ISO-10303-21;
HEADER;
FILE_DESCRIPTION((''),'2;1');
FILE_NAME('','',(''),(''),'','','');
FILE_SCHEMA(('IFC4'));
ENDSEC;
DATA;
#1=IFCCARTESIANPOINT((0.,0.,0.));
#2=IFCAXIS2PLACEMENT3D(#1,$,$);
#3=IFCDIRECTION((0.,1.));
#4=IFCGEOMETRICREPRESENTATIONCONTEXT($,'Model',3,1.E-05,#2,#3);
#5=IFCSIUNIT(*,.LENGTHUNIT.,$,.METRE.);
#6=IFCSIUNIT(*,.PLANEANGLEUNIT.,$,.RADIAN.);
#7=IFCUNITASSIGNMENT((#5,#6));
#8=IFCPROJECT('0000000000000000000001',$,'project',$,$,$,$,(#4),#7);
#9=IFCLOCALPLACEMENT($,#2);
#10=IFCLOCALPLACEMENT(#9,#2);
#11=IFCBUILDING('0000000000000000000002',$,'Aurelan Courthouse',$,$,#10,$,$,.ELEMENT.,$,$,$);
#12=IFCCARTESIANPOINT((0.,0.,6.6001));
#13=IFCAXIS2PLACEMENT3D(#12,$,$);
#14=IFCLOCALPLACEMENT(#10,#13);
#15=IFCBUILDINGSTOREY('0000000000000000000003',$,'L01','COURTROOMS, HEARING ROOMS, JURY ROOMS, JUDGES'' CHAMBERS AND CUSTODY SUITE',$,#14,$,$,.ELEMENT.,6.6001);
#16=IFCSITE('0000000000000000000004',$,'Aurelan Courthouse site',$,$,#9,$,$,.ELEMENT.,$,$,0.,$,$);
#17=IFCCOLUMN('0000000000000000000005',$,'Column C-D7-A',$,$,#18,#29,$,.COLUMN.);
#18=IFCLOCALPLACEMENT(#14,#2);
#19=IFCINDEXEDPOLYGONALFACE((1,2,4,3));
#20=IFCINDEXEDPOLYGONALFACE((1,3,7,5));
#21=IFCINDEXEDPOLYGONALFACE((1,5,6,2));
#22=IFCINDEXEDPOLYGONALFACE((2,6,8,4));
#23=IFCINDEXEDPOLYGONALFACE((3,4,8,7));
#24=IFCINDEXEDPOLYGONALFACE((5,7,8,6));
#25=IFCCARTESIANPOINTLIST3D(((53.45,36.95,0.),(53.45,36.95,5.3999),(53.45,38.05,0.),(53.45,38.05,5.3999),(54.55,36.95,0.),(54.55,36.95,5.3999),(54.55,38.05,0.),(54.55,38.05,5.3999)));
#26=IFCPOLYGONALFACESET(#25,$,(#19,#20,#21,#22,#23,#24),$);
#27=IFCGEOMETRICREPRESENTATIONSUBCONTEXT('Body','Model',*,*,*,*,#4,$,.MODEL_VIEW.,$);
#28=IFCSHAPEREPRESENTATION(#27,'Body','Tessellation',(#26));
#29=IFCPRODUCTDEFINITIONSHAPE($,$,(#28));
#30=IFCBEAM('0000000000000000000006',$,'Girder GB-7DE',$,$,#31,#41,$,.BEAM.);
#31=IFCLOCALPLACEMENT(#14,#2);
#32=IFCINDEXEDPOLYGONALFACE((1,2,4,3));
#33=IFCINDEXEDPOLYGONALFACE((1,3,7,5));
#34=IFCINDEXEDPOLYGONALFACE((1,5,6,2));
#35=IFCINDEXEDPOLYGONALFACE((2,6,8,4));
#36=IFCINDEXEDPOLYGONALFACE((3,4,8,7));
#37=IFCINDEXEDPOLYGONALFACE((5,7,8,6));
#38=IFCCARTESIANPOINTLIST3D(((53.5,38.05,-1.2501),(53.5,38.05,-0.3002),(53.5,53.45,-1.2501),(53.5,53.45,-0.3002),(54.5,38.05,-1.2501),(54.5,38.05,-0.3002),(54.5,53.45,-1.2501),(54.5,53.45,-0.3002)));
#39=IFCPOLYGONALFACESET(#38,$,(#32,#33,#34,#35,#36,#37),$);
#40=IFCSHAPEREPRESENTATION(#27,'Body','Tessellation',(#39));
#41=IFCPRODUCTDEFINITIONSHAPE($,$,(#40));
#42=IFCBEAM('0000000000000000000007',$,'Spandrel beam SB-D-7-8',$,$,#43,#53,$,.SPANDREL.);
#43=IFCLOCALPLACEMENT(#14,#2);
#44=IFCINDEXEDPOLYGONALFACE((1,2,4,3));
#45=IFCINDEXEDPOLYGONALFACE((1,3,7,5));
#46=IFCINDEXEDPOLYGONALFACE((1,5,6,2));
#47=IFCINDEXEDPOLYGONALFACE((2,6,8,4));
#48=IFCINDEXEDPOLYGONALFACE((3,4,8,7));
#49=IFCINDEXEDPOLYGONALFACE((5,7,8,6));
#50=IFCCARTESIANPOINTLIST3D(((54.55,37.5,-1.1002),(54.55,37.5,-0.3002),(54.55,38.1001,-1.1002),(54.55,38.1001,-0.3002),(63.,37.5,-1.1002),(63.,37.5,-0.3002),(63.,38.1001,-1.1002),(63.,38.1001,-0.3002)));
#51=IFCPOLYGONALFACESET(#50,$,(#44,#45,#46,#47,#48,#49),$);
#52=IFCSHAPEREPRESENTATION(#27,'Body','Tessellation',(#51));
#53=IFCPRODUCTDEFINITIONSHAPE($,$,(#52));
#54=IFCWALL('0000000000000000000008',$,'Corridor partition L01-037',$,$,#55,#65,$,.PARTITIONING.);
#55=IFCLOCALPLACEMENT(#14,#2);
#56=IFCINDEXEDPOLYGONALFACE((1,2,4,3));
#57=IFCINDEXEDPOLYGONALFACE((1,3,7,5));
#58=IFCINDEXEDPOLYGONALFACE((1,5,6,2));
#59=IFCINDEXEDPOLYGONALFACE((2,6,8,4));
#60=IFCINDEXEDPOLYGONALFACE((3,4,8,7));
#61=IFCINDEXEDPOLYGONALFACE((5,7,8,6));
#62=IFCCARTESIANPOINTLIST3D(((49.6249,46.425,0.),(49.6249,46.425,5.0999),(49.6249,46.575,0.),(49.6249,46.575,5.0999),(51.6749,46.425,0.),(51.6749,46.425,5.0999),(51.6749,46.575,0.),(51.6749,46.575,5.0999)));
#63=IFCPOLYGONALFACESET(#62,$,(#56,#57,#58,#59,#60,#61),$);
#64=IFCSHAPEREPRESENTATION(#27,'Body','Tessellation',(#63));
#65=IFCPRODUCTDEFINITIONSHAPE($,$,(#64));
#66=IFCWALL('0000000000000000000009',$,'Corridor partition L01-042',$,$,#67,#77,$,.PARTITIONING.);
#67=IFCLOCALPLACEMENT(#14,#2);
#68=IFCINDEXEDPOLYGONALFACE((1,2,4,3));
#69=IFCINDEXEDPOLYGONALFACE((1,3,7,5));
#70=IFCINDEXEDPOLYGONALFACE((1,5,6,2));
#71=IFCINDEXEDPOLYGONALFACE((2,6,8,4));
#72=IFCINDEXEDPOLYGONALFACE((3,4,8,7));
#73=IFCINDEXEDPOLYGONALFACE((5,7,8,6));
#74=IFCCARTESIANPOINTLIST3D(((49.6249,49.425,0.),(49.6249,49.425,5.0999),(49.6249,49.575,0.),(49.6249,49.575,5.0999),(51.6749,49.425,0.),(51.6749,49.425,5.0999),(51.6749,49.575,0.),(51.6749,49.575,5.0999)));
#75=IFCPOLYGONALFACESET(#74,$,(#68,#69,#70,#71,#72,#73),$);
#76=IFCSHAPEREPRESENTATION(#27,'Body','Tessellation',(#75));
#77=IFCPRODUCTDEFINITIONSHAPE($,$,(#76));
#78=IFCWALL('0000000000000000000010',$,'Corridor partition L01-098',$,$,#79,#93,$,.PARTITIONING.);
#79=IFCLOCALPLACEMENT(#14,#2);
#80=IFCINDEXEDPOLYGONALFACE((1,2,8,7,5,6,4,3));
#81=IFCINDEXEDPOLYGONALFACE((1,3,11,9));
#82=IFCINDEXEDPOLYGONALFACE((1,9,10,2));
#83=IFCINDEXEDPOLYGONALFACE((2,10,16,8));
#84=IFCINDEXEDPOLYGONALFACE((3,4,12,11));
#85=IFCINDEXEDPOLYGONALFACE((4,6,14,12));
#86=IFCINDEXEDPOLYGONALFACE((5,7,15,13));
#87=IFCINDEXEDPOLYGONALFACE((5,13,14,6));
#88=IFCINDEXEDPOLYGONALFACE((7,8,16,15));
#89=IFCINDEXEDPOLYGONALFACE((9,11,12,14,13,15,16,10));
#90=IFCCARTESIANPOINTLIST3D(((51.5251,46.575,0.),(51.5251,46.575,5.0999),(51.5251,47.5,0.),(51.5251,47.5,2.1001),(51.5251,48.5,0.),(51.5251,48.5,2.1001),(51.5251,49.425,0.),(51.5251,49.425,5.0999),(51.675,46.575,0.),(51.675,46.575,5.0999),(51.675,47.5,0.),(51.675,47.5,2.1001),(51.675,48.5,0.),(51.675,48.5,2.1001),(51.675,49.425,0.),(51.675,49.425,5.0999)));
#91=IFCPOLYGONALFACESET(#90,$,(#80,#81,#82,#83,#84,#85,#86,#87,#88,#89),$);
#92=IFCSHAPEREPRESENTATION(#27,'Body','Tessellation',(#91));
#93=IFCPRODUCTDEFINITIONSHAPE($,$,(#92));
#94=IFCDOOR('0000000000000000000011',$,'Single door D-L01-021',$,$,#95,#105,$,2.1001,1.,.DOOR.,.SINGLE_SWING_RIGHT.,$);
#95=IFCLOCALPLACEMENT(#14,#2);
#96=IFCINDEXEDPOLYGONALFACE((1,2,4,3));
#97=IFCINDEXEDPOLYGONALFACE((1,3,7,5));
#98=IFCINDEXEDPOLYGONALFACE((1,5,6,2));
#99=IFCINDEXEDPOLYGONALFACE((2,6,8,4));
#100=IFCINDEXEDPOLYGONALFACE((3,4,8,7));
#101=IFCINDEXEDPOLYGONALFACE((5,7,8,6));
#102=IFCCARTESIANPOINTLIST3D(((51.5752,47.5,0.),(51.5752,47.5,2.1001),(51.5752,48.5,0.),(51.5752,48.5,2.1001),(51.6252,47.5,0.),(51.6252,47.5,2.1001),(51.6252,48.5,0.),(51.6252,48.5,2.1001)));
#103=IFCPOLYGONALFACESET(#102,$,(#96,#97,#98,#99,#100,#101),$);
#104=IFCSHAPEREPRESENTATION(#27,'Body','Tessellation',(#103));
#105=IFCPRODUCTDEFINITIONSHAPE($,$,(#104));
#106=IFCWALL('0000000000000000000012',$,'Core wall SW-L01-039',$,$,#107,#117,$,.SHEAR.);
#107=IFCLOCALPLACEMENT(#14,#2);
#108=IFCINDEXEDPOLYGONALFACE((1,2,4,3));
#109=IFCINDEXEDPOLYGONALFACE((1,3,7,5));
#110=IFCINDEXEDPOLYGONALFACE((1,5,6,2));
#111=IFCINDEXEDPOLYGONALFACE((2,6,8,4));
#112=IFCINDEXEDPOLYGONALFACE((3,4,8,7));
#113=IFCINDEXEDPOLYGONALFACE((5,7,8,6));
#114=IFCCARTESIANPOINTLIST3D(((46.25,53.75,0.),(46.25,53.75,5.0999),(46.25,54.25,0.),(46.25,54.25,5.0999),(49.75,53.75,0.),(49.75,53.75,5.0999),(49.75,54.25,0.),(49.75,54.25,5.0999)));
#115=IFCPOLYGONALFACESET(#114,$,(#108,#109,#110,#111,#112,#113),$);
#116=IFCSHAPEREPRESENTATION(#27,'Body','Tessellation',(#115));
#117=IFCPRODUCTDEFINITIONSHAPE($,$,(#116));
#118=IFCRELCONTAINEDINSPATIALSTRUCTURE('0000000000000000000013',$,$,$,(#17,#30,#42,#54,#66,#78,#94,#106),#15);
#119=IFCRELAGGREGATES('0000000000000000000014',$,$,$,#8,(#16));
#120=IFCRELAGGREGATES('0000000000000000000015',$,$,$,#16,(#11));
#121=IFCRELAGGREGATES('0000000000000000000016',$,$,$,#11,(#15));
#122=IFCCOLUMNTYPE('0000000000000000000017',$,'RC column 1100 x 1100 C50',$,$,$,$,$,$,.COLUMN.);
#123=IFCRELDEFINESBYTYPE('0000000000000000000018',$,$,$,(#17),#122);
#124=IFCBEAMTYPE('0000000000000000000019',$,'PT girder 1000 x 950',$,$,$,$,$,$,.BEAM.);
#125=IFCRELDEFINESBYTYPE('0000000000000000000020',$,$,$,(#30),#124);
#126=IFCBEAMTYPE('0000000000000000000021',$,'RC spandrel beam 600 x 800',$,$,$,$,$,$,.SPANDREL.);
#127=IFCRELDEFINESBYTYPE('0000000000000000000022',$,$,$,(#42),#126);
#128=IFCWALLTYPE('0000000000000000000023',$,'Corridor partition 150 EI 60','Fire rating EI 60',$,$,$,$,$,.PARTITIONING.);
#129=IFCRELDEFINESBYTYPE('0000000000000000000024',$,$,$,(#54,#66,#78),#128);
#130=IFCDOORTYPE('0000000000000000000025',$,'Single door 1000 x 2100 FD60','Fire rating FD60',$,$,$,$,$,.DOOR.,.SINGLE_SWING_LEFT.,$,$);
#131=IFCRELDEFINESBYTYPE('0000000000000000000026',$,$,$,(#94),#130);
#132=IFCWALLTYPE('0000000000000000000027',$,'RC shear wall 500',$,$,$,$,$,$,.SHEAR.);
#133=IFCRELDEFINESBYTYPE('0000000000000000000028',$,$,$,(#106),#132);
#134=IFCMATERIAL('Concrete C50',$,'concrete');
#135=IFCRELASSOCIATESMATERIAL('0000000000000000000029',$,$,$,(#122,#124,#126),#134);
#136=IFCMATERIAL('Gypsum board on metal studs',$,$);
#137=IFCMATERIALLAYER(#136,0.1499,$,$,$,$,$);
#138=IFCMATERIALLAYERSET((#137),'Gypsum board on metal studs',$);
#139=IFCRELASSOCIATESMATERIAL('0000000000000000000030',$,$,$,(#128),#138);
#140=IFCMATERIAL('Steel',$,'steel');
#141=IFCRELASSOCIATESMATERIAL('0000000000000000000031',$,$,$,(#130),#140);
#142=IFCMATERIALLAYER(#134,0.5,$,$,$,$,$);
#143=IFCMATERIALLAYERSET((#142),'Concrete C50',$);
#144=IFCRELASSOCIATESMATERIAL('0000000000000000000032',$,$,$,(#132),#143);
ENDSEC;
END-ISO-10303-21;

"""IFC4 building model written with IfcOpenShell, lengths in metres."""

from ifc_helpers import new_model, si_unit, direction, frame, frame_2d, origin, origin_2d, place, context, subcontext, project, spatial, rectangle, extrude, material, layer, layer_set, material_profile, profile_set, type_object, element, fill, save


model = new_model("IFC4")

# Units and contexts
model_context = context("Model", 3, precision=1e-05, world=origin(), true_north=direction((0.0, 1.0)))
body_context = subcontext(model_context, "Body", "Model", "MODEL_VIEW")
ifc_project = project(units=[si_unit("LENGTHUNIT", "METRE"), si_unit("PLANEANGLEUNIT", "RADIAN")], contexts=[model_context])

# Site, building, storey
site_placement = place(None, origin())
site = spatial("IfcSite", under=ifc_project, at=site_placement, Name="Aurelan Courthouse site", CompositionType="ELEMENT", RefElevation=0.0)
building_placement = place(site_placement, origin())
building = spatial("IfcBuilding", under=site, at=building_placement, Name="Aurelan Courthouse", CompositionType="ELEMENT")
storey_placement = place(building_placement, frame((0.0, 0.0, 6.6001)))
storey = spatial("IfcBuildingStorey", under=building, at=storey_placement, Name="L01", Description="COURTROOMS, HEARING ROOMS, JURY ROOMS, JUDGES' CHAMBERS AND CUSTODY SUITE", CompositionType="ELEMENT", Elevation=6.6001)

# Column
ifc_material_1 = material(Name="Concrete C50", Category="concrete")
ifc_material_profile_1 = material_profile(ifc_material_1, rectangle(XDim=1.1001, YDim=1.1001, at=origin_2d()), Name="RC 1100 x 1100")
ifc_profile_set_1 = profile_set([ifc_material_profile_1], Name="Concrete C50")
column_type = type_object("IfcColumnType", Name="RC column 1100 x 1100 C50", PredefinedType="COLUMN", material=ifc_profile_set_1)
column_placement = place(storey_placement, frame((54.0, 37.5, 0.0), z_axis=(0.0, 0.0, 1.0), x_axis=(1.0, 0.0, 0.0)))
element("IfcColumn", 1, at=column_placement, inside=storey, type_object=column_type, Name="Column C-D7-A", PredefinedType="COLUMN", context=body_context, shape_type="SweptSolid", body=[
    extrude(rectangle(XDim=1.1001, YDim=1.1001, at=origin_2d()), origin(), (0.0, 0.0, 1.0), 5.3999),
])

# Beams
ifc_material_profile_2 = material_profile(ifc_material_1, rectangle(XDim=1.0, YDim=0.95, at=origin_2d()), Name="RC 1000 x 950")
ifc_profile_set_2 = profile_set([ifc_material_profile_2], Name="Concrete C50")
beam_type_1 = type_object("IfcBeamType", Name="PT girder 1000 x 950", PredefinedType="BEAM", material=ifc_profile_set_2)
beam_1_placement = place(storey_placement, frame((54.0, 38.05, -0.7751), z_axis=(0.0, 1.0, 0.0), x_axis=(-1.0, 0.0, 0.0)))
element("IfcBeam", 2, at=beam_1_placement, inside=storey, type_object=beam_type_1, Name="Girder GB-7DE", PredefinedType="BEAM", context=body_context, shape_type="SweptSolid", body=[
    extrude(rectangle(XDim=1.0, YDim=0.95, at=origin_2d()), origin(), (0.0, 0.0, 1.0), 15.3999),
])
ifc_material_profile_3 = material_profile(ifc_material_1, rectangle(XDim=0.6001, YDim=0.8, at=origin_2d()), Name="RC 600 x 800")
ifc_profile_set_3 = profile_set([ifc_material_profile_3], Name="Concrete C50")
beam_type_2 = type_object("IfcBeamType", Name="RC spandrel beam 600 x 800", PredefinedType="SPANDREL", material=ifc_profile_set_3)
beam_2_placement = place(storey_placement, frame((54.55, 37.8, -0.7002), z_axis=(1.0, 0.0, 0.0), x_axis=(0.0, 1.0, 0.0)))
element("IfcBeam", 3, at=beam_2_placement, inside=storey, type_object=beam_type_2, Name="Spandrel beam SB-D-7-8", PredefinedType="SPANDREL", context=body_context, shape_type="SweptSolid", body=[
    extrude(rectangle(XDim=0.6001, YDim=0.8, at=origin_2d()), origin(), (0.0, 0.0, 1.0), 8.45),
])

# Walls
ifc_material_2 = material(Name="Gypsum board on metal studs")
ifc_layer_1 = layer(ifc_material_2, 0.1499)
ifc_layer_set_1 = layer_set([ifc_layer_1], Name="Gypsum board on metal studs")
wall_type_1 = type_object("IfcWallType", Name="Corridor partition 150 EI 60", Description="Fire rating EI 60", PredefinedType="PARTITIONING", material=ifc_layer_set_1)
for number, where, z_axis, x_axis, name in (
    (4, (49.625, 46.5, 0.0), (0.0, 0.0, 1.0), (1.0, 0.0, 0.0), "Corridor partition L01-037"),
    (5, (49.625, 49.5, 0.0), (0.0, 0.0, 1.0), (1.0, 0.0, 0.0), "Corridor partition L01-042"),
):
    element("IfcWall", number, at=place(storey_placement, frame(where, z_axis=z_axis, x_axis=x_axis)), inside=storey, type_object=wall_type_1, Name=name, PredefinedType="PARTITIONING", context=body_context, shape_type="SweptSolid", body=[
        extrude(rectangle(XDim=2.05, YDim=0.1499, at=frame_2d((1.0249, 0.0))), origin(), (0.0, 0.0, 1.0), 5.0999),
    ])

# Wall, opening, door
wall_1_placement = place(storey_placement, frame((51.6001, 46.575, 0.0), z_axis=(0.0, 0.0, 1.0), x_axis=(0.0, 1.0, 0.0)))
wall_1 = element("IfcWall", 6, at=wall_1_placement, inside=storey, type_object=wall_type_1, Name="Corridor partition L01-098", PredefinedType="PARTITIONING", context=body_context, shape_type="SweptSolid", body=[
    extrude(rectangle(XDim=2.8501, YDim=0.1499, at=frame_2d((1.425, 0.0))), origin(), (0.0, 0.0, 1.0), 5.0999),
])
opening_1_placement = place(wall_1_placement, frame((0.925, 0.0, 0.0)))
opening_1 = element("IfcOpeningElement", 7, at=opening_1_placement, cuts=wall_1, PredefinedType="OPENING", context=body_context, shape_type="SweptSolid", body=[
    extrude(rectangle(XDim=1.0, YDim=2.1001, at=frame_2d((0.5, 1.05))), frame((0.0, 0.085, 0.0), z_axis=(0.0, -1.0, 0.0), x_axis=(1.0, 0.0, 0.0)), (0.0, 0.0, 1.0), 0.1699),
])
ifc_material_3 = material(Name="Steel", Category="steel")
door_type_1 = type_object("IfcDoorType", Name="Single door 1000 x 2100 FD60", Description="Fire rating FD60", OperationType="SINGLE_SWING_LEFT", PredefinedType="DOOR", material=ifc_material_3)
door_1_placement = place(opening_1_placement, origin())
door_1 = element("IfcDoor", 8, at=door_1_placement, inside=storey, type_object=door_type_1, Name="Single door D-L01-021", OperationType="SINGLE_SWING_RIGHT", OverallHeight=2.1001, OverallWidth=1.0, PredefinedType="DOOR", context=body_context, shape_type="SweptSolid", body=[
    extrude(rectangle(XDim=1.0, YDim=2.1001, at=frame_2d((0.5, 1.05))), frame((0.0, 0.0249, 0.0), z_axis=(0.0, -1.0, 0.0), x_axis=(1.0, 0.0, 0.0)), (0.0, 0.0, 1.0), 0.05),
])
fill(opening_1, door_1)

# Wall
ifc_layer_2 = layer(ifc_material_1, 0.5)
ifc_layer_set_2 = layer_set([ifc_layer_2], Name="Concrete C50")
wall_type_2 = type_object("IfcWallType", Name="RC shear wall 500", PredefinedType="SHEAR", material=ifc_layer_set_2)
wall_2_placement = place(storey_placement, frame((46.25, 54.0, 0.0), z_axis=(0.0, 0.0, 1.0), x_axis=(1.0, 0.0, 0.0)))
element("IfcWall", 9, at=wall_2_placement, inside=storey, type_object=wall_type_2, Name="Core wall SW-L01-039", PredefinedType="SHEAR", context=body_context, shape_type="SweptSolid", body=[
    extrude(rectangle(XDim=3.5, YDim=0.5, at=frame_2d((1.75, 0.0))), origin(), (0.0, 0.0, 1.0), 5.0999),
])

save(model, "model.ifc")
